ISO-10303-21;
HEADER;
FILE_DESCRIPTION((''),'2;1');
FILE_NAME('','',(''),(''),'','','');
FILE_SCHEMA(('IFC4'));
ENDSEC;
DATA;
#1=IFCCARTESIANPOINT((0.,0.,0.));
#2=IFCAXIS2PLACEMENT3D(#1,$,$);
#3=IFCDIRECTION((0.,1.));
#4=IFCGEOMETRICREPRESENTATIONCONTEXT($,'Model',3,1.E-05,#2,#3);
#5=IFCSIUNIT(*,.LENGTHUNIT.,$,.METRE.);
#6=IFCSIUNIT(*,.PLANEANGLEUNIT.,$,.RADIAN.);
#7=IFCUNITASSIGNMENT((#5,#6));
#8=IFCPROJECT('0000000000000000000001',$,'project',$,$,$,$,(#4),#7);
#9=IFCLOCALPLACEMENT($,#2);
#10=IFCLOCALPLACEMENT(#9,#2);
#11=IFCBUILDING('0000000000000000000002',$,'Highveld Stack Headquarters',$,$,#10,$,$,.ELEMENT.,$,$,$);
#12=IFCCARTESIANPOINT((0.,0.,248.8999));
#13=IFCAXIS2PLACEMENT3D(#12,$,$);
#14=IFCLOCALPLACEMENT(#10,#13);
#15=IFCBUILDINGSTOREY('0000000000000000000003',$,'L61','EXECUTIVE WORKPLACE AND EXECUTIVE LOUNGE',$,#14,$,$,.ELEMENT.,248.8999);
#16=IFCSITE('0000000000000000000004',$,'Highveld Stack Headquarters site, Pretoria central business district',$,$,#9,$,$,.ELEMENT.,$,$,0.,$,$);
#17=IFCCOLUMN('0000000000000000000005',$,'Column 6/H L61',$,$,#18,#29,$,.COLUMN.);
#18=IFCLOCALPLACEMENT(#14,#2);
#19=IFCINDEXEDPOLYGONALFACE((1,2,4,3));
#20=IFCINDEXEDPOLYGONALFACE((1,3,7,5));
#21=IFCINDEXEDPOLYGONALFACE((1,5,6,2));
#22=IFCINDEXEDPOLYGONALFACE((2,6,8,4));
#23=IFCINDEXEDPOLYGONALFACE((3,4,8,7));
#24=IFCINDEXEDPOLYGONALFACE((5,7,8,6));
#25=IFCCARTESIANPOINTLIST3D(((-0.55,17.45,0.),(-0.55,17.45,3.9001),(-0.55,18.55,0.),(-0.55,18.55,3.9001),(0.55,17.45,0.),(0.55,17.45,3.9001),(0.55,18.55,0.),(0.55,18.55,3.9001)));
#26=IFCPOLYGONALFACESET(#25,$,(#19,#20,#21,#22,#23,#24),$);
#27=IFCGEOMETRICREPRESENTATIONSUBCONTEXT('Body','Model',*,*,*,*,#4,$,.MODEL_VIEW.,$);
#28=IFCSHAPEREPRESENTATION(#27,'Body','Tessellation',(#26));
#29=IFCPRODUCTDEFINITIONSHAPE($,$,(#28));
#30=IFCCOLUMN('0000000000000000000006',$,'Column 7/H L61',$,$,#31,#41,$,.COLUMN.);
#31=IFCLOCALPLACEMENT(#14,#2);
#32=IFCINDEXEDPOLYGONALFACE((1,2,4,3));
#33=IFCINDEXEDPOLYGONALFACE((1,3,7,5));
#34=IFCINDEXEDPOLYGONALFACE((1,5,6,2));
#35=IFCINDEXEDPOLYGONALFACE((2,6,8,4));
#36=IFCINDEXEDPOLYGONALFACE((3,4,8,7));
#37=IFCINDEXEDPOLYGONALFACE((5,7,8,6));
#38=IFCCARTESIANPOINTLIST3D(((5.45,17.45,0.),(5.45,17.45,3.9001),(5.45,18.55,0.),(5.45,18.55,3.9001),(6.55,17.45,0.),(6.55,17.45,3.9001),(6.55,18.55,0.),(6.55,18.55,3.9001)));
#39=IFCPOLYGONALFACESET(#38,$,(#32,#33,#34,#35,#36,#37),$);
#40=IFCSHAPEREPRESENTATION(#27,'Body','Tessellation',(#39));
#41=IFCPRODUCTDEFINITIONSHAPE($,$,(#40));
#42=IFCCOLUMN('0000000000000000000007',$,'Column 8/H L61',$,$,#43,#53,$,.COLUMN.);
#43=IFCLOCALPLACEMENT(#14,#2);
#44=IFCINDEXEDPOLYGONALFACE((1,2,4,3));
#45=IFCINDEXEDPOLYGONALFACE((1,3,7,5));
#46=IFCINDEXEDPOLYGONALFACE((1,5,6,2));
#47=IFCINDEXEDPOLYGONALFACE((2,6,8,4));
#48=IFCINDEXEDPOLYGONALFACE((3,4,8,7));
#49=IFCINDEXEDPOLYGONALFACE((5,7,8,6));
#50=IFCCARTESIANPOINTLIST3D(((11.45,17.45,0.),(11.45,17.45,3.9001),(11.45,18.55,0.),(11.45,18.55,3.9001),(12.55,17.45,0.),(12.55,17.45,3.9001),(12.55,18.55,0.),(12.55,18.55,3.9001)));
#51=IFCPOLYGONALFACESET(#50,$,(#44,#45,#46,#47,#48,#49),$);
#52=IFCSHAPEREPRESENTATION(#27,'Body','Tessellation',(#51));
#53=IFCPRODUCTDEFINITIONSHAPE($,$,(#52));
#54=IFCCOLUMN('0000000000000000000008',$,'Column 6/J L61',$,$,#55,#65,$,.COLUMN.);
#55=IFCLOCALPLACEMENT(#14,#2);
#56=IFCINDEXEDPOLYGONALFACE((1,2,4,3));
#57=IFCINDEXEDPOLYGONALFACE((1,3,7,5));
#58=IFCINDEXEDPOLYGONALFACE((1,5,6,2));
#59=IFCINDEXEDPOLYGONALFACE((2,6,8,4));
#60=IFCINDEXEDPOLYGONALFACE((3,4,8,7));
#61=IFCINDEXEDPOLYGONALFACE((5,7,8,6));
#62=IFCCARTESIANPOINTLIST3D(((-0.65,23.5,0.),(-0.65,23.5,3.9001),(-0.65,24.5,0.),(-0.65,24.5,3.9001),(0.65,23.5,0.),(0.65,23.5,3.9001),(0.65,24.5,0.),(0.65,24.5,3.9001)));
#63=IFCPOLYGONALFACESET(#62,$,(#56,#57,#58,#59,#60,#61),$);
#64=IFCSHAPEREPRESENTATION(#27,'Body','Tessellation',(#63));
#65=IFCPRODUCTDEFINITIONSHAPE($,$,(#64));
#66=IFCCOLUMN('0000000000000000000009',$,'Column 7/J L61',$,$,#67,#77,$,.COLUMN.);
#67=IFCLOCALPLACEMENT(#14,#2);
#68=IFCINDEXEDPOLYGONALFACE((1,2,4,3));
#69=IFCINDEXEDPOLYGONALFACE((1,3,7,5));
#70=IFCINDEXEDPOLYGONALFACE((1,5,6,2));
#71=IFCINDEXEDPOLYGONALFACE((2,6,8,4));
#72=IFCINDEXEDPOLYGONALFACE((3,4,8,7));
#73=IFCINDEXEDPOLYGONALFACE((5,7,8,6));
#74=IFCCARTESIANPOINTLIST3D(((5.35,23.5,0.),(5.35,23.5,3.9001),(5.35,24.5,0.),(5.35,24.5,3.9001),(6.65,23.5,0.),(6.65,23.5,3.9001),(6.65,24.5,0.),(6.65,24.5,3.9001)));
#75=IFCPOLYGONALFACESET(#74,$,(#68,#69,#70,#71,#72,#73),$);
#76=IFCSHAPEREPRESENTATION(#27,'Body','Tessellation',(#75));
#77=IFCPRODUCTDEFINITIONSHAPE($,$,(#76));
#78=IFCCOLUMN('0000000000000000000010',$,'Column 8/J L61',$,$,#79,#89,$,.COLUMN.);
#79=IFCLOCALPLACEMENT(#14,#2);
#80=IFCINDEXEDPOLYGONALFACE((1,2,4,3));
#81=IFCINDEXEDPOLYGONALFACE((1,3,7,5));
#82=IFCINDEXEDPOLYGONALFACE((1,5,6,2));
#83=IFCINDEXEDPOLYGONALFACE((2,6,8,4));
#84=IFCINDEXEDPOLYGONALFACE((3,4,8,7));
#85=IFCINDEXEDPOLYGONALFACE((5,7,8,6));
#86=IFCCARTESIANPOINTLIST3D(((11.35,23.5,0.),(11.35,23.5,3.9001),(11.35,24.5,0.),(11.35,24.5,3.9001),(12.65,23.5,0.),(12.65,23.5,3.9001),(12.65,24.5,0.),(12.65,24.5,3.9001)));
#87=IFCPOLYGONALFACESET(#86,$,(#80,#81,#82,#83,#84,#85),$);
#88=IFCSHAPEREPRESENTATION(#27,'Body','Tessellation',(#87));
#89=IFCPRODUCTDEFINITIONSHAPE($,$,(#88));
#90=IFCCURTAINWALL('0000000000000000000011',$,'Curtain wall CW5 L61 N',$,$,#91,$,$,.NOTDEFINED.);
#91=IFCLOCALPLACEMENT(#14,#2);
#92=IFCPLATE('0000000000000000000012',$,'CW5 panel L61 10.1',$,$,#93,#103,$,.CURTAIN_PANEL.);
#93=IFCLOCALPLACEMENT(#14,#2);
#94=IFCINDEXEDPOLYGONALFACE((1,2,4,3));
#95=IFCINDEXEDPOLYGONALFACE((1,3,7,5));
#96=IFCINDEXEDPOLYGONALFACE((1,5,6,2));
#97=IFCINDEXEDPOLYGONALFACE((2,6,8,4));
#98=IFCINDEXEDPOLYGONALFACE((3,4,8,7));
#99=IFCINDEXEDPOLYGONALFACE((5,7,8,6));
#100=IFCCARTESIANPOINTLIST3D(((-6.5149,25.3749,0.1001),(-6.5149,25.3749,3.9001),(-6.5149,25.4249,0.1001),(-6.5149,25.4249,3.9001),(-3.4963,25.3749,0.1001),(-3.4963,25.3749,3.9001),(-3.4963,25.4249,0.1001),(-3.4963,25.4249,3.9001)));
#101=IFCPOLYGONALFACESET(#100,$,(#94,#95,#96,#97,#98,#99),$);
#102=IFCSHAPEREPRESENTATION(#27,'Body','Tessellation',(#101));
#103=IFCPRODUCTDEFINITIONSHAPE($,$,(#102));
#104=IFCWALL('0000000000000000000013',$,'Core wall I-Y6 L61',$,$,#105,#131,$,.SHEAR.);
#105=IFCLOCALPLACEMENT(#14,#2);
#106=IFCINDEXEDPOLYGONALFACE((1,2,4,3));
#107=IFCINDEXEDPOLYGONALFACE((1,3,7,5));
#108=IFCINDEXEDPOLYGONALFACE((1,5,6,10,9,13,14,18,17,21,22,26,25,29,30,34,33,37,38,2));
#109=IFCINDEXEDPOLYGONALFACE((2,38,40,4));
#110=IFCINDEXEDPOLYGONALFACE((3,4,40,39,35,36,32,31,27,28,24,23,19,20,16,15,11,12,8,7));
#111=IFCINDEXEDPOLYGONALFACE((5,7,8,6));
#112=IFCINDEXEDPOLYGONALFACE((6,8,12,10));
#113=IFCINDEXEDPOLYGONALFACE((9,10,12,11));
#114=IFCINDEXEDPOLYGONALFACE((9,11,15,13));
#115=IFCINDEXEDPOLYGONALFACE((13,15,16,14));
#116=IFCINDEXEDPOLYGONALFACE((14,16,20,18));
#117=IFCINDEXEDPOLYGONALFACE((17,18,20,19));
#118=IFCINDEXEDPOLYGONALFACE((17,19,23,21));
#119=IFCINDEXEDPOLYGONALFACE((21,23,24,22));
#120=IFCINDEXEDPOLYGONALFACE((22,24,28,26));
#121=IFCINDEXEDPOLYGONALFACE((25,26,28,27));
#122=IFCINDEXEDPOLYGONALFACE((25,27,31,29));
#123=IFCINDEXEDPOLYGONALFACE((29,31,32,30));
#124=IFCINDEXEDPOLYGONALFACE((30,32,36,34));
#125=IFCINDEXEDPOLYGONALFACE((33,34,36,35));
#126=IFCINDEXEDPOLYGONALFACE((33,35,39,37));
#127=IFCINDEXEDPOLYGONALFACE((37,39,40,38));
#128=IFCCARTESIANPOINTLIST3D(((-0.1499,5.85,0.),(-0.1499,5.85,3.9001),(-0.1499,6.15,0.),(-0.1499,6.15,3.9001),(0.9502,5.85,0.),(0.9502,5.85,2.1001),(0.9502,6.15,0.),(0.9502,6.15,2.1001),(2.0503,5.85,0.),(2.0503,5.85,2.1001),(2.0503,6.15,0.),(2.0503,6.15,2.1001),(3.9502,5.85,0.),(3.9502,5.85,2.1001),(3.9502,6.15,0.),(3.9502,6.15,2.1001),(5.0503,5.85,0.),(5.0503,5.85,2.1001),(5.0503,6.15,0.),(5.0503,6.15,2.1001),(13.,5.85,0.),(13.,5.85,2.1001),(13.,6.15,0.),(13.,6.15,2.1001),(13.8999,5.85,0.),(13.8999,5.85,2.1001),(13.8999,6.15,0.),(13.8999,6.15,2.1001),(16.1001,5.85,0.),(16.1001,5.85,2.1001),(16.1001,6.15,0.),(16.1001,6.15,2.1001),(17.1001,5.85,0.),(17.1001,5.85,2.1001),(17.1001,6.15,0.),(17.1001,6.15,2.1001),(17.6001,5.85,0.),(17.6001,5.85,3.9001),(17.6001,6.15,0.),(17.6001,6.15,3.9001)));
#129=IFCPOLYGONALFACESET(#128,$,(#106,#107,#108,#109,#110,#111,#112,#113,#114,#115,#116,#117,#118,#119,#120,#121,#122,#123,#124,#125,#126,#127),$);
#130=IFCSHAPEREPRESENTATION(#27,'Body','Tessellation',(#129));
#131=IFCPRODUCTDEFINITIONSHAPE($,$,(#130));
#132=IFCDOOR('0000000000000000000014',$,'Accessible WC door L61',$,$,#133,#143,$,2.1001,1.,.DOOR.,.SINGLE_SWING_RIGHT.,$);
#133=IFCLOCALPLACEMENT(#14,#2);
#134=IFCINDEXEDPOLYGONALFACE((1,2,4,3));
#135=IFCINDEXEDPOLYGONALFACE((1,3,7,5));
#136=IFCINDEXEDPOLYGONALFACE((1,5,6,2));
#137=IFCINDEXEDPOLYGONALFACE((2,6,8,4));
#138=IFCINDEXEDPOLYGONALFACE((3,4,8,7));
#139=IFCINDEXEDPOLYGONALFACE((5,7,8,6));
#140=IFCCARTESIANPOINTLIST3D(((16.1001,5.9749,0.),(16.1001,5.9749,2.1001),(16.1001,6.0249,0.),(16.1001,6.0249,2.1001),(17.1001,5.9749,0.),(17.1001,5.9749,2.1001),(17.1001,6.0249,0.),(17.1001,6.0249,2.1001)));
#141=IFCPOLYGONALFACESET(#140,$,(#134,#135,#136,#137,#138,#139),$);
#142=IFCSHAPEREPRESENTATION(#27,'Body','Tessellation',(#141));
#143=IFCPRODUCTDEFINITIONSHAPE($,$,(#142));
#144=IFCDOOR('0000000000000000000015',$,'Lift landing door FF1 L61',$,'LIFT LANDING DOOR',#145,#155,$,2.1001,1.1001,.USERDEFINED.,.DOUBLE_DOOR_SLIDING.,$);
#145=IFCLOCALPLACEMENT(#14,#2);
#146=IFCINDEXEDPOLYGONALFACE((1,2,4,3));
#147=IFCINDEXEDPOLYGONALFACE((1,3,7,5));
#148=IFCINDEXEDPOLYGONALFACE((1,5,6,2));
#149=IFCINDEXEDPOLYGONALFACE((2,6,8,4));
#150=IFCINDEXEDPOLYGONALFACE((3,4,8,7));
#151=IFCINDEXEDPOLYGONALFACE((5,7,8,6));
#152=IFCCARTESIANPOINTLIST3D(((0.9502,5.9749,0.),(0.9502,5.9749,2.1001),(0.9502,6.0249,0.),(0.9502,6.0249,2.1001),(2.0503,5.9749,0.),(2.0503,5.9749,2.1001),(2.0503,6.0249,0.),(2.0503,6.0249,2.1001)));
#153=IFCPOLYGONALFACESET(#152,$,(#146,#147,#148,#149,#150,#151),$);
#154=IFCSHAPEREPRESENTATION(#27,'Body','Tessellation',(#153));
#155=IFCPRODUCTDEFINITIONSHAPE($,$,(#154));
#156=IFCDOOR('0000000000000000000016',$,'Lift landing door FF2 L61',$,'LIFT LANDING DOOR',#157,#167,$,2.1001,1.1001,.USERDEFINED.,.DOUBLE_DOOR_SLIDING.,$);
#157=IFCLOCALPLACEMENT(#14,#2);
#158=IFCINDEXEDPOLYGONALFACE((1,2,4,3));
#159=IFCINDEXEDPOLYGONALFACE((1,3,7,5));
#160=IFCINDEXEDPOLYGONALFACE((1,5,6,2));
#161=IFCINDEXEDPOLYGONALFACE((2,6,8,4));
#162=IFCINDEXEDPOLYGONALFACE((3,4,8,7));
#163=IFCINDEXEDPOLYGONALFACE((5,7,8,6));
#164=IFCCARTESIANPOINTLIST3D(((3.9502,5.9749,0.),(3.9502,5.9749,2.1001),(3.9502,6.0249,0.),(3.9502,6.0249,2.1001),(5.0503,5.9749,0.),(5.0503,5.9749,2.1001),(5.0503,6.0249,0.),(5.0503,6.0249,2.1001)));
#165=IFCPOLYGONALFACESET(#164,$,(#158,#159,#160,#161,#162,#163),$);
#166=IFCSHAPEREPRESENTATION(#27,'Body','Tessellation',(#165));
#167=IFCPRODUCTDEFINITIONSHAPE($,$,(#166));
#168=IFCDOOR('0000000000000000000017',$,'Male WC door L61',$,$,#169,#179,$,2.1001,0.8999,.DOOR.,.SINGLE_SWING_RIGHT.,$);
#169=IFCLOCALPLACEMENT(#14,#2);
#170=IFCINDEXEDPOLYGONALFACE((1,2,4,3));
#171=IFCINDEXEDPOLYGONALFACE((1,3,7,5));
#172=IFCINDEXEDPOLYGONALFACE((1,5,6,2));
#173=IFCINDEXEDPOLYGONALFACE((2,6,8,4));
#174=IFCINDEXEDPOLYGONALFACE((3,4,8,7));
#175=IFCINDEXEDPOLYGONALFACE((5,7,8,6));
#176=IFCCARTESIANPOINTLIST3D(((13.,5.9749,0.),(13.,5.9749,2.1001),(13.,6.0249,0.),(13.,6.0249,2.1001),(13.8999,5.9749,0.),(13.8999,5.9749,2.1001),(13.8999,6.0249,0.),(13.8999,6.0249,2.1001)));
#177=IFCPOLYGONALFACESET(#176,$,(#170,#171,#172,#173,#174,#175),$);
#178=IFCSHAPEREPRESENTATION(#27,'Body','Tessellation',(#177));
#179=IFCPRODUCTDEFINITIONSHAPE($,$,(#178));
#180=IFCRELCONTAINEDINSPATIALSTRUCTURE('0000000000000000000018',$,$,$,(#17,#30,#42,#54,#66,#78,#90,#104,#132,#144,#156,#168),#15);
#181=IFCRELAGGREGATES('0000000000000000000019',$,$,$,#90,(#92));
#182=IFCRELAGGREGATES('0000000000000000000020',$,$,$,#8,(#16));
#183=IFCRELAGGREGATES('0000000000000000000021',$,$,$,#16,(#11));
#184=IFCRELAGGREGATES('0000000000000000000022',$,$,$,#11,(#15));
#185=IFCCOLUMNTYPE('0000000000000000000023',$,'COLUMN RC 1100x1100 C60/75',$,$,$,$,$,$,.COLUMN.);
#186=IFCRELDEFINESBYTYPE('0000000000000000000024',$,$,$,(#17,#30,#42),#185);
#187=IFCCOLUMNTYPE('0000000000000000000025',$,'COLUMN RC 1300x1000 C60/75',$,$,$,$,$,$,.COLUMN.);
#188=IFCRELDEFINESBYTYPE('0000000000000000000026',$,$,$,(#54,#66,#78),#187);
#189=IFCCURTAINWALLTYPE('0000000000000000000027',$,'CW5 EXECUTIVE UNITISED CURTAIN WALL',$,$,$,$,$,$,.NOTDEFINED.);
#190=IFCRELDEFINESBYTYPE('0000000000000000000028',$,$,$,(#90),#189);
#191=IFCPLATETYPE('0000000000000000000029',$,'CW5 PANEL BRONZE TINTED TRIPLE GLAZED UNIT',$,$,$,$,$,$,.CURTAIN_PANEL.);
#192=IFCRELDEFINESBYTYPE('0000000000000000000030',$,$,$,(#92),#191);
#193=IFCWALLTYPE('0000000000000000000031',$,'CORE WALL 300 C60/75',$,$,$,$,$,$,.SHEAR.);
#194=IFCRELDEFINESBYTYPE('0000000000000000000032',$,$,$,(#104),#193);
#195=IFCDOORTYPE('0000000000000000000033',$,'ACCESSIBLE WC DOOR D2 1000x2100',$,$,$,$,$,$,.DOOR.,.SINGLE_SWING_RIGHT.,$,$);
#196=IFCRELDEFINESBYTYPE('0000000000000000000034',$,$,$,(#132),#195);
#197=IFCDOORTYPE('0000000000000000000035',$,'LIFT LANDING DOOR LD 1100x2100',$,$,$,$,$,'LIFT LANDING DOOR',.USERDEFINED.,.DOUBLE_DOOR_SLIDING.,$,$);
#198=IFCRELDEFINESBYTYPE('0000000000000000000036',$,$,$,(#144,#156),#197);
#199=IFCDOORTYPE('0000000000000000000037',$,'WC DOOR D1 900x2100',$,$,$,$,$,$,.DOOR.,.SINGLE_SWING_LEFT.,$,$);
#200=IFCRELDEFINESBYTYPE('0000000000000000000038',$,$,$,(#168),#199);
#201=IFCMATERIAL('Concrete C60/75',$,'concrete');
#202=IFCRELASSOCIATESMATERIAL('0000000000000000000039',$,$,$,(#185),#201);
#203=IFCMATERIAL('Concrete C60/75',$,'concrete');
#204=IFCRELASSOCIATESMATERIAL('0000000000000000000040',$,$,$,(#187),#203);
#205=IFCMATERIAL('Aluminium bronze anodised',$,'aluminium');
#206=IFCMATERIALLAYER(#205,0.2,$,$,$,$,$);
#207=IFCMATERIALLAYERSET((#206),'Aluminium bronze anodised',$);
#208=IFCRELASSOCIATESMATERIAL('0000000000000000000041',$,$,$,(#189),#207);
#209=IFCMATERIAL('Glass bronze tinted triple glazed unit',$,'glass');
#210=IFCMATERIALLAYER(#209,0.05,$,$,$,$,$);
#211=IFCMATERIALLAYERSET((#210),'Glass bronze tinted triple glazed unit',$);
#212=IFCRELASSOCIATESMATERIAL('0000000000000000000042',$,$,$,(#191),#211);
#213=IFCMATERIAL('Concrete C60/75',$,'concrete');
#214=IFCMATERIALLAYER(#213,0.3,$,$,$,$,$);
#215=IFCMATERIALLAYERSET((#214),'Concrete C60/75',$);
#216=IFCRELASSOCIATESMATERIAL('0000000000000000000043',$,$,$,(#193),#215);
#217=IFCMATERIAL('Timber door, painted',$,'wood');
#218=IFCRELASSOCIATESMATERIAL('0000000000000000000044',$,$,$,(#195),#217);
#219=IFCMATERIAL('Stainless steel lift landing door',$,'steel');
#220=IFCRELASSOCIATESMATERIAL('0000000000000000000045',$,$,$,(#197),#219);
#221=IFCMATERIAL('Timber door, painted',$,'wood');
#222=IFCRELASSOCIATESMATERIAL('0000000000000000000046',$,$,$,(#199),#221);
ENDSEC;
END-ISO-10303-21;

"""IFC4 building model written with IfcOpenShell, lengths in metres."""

from ifc_helpers import new_model, si_unit, direction, frame, frame_2d, origin, origin_2d, place, context, subcontext, project, spatial, rectangle, extrude, material, layer, layer_set, material_profile, profile_set, type_object, element, fill, aggregate, save


model = new_model("IFC4")

# Units and contexts
model_context = context("Model", 3, precision=1e-05, world=origin(), true_north=direction((0.0, 1.0)))
body_context = subcontext(model_context, "Body", "Model", "MODEL_VIEW")
ifc_project = project(units=[si_unit("LENGTHUNIT", "METRE"), si_unit("PLANEANGLEUNIT", "RADIAN")], contexts=[model_context])

# Site, building, storey
site_placement = place(None, origin())
site = spatial("IfcSite", under=ifc_project, at=site_placement, Name="Highveld Stack Headquarters site, Pretoria central business district", CompositionType="ELEMENT", RefElevation=0.0)
building_placement = place(site_placement, origin())
building = spatial("IfcBuilding", under=site, at=building_placement, Name="Highveld Stack Headquarters", CompositionType="ELEMENT")
storey_placement = place(building_placement, frame((0.0, 0.0, 248.8999)))
storey = spatial("IfcBuildingStorey", under=building, at=storey_placement, Name="L61", Description="EXECUTIVE WORKPLACE AND EXECUTIVE LOUNGE", CompositionType="ELEMENT", Elevation=248.8999)

# Columns
ifc_material_1 = material(Name="Concrete C60/75", Category="concrete")
ifc_material_profile_1 = material_profile(ifc_material_1, rectangle(XDim=1.1001, YDim=1.1001, at=origin_2d()), Name="RC 1100x1100")
ifc_profile_set_1 = profile_set([ifc_material_profile_1], Name="Concrete C60/75")
column_type_1 = type_object("IfcColumnType", Name="COLUMN RC 1100x1100 C60/75", PredefinedType="COLUMN", material=ifc_profile_set_1)
for number, where, z_axis, x_axis, name in (
    (1, (0.0, 18.0, 0.0), (0.0, 0.0, 1.0), (1.0, 0.0, 0.0), "Column 6/H L61"),
    (2, (6.0, 18.0, 0.0), (0.0, 0.0, 1.0), (1.0, 0.0, 0.0), "Column 7/H L61"),
    (3, (12.0, 18.0, 0.0), (0.0, 0.0, 1.0), (1.0, 0.0, 0.0), "Column 8/H L61"),
):
    element("IfcColumn", number, at=place(storey_placement, frame(where, z_axis=z_axis, x_axis=x_axis)), inside=storey, type_object=column_type_1, Name=name, PredefinedType="COLUMN", context=body_context, shape_type="SweptSolid", body=[
        extrude(rectangle(XDim=1.1001, YDim=1.1001, at=origin_2d()), origin(), (0.0, 0.0, 1.0), 3.9001),
    ])
ifc_material_2 = material(Name="Concrete C60/75", Category="concrete")
ifc_material_profile_2 = material_profile(ifc_material_2, rectangle(XDim=1.3, YDim=1.0, at=origin_2d()), Name="RC 1300x1000")
ifc_profile_set_2 = profile_set([ifc_material_profile_2], Name="Concrete C60/75")
column_type_2 = type_object("IfcColumnType", Name="COLUMN RC 1300x1000 C60/75", PredefinedType="COLUMN", material=ifc_profile_set_2)
for number, where, z_axis, x_axis, name in (
    (4, (0.0, 24.0, 0.0), (0.0, 0.0, 1.0), (1.0, 0.0, 0.0), "Column 6/J L61"),
    (5, (6.0, 24.0, 0.0), (0.0, 0.0, 1.0), (1.0, 0.0, 0.0), "Column 7/J L61"),
    (6, (12.0, 24.0, 0.0), (0.0, 0.0, 1.0), (1.0, 0.0, 0.0), "Column 8/J L61"),
):
    element("IfcColumn", number, at=place(storey_placement, frame(where, z_axis=z_axis, x_axis=x_axis)), inside=storey, type_object=column_type_2, Name=name, PredefinedType="COLUMN", context=body_context, shape_type="SweptSolid", body=[
        extrude(rectangle(XDim=1.3, YDim=1.0, at=origin_2d()), origin(), (0.0, 0.0, 1.0), 3.9001),
    ])

# Curtain wall, plate
ifc_material_3 = material(Name="Aluminium bronze anodised", Category="aluminium")
ifc_layer_1 = layer(ifc_material_3, 0.2)
ifc_layer_set_1 = layer_set([ifc_layer_1], Name="Aluminium bronze anodised")
curtain_wall_type = type_object("IfcCurtainWallType", Name="CW5 EXECUTIVE UNITISED CURTAIN WALL", PredefinedType="NOTDEFINED", material=ifc_layer_set_1)
curtain_wall_placement = place(storey_placement, origin())
curtain_wall = element("IfcCurtainWall", 7, at=curtain_wall_placement, inside=storey, type_object=curtain_wall_type, Name="Curtain wall CW5 L61 N", PredefinedType="NOTDEFINED")
ifc_material_4 = material(Name="Glass bronze tinted triple glazed unit", Category="glass")
ifc_layer_2 = layer(ifc_material_4, 0.05)
ifc_layer_set_2 = layer_set([ifc_layer_2], Name="Glass bronze tinted triple glazed unit")
plate_type = type_object("IfcPlateType", Name="CW5 PANEL BRONZE TINTED TRIPLE GLAZED UNIT", PredefinedType="CURTAIN_PANEL", material=ifc_layer_set_2)
plate_placement = place(storey_placement, frame((-5.0056, 25.3999, 0.1001), z_axis=(0.0, 0.0, 1.0), x_axis=(-1.0, 0.0, 0.0)))
plate = element("IfcPlate", 8, at=plate_placement, type_object=plate_type, Name="CW5 panel L61 10.1", PredefinedType="CURTAIN_PANEL", context=body_context, shape_type="SweptSolid", body=[
    extrude(rectangle(XDim=3.0186, YDim=0.05, at=origin_2d()), origin(), (0.0, 0.0, 1.0), 3.8),
])
aggregate(curtain_wall, [plate])

# Wall, openings, doors
ifc_material_5 = material(Name="Concrete C60/75", Category="concrete")
ifc_layer_3 = layer(ifc_material_5, 0.3)
ifc_layer_set_3 = layer_set([ifc_layer_3], Name="Concrete C60/75")
wall_type_1 = type_object("IfcWallType", Name="CORE WALL 300 C60/75", PredefinedType="SHEAR", material=ifc_layer_set_3)
wall_1_placement = place(storey_placement, frame((-0.1499, 6.0, 0.0), z_axis=(0.0, 0.0, 1.0), x_axis=(1.0, 0.0, 0.0)))
wall_1 = element("IfcWall", 9, at=wall_1_placement, inside=storey, type_object=wall_type_1, Name="Core wall I-Y6 L61", PredefinedType="SHEAR", context=body_context, shape_type="SweptSolid", body=[
    extrude(rectangle(XDim=17.75, YDim=0.3, at=frame_2d((8.875, 0.0))), origin(), (0.0, 0.0, 1.0), 3.9001),
])
opening_1_placement = place(wall_1_placement, frame((13.1499, 0.0, 0.0)))
opening_1 = element("IfcOpeningElement", 10, at=opening_1_placement, cuts=wall_1, PredefinedType="OPENING", context=body_context, shape_type="SweptSolid", body=[
    extrude(rectangle(XDim=0.8999, YDim=2.1001, at=frame_2d((0.45, 1.05))), frame((0.0, 0.1599, 0.0), z_axis=(0.0, -1.0, 0.0), x_axis=(1.0, 0.0, 0.0)), (0.0, 0.0, 1.0), 0.3201),
])
opening_2_placement = place(wall_1_placement, frame((16.25, 0.0, 0.0)))
opening_2 = element("IfcOpeningElement", 11, at=opening_2_placement, cuts=wall_1, PredefinedType="OPENING", context=body_context, shape_type="SweptSolid", body=[
    extrude(rectangle(XDim=1.0, YDim=2.1001, at=frame_2d((0.5, 1.05))), frame((0.0, 0.1599, 0.0), z_axis=(0.0, -1.0, 0.0), x_axis=(1.0, 0.0, 0.0)), (0.0, 0.0, 1.0), 0.3201),
])
opening_3_placement = place(wall_1_placement, frame((1.1001, 0.0, 0.0)))
opening_3 = element("IfcOpeningElement", 12, at=opening_3_placement, cuts=wall_1, PredefinedType="OPENING", context=body_context, shape_type="SweptSolid", body=[
    extrude(rectangle(XDim=1.1001, YDim=2.1001, at=frame_2d((0.55, 1.05))), frame((0.0, 0.1599, 0.0), z_axis=(0.0, -1.0, 0.0), x_axis=(1.0, 0.0, 0.0)), (0.0, 0.0, 1.0), 0.3201),
])
opening_4_placement = place(wall_1_placement, frame((4.1001, 0.0, 0.0)))
opening_4 = element("IfcOpeningElement", 13, at=opening_4_placement, cuts=wall_1, PredefinedType="OPENING", context=body_context, shape_type="SweptSolid", body=[
    extrude(rectangle(XDim=1.1001, YDim=2.1001, at=frame_2d((0.55, 1.05))), frame((0.0, 0.1599, 0.0), z_axis=(0.0, -1.0, 0.0), x_axis=(1.0, 0.0, 0.0)), (0.0, 0.0, 1.0), 0.3201),
])
ifc_material_6 = material(Name="Timber door, painted", Category="wood")
door_type_1 = type_object("IfcDoorType", Name="ACCESSIBLE WC DOOR D2 1000x2100", OperationType="SINGLE_SWING_RIGHT", PredefinedType="DOOR", material=ifc_material_6)
door_1_placement = place(opening_2_placement, origin())
door_1 = element("IfcDoor", 14, at=door_1_placement, inside=storey, type_object=door_type_1, Name="Accessible WC door L61", OperationType="SINGLE_SWING_RIGHT", OverallHeight=2.1001, OverallWidth=1.0, PredefinedType="DOOR", context=body_context, shape_type="SweptSolid", body=[
    extrude(rectangle(XDim=1.0, YDim=2.1001, at=frame_2d((0.5, 1.05))), frame((0.0, 0.0249, 0.0), z_axis=(0.0, -1.0, 0.0), x_axis=(1.0, 0.0, 0.0)), (0.0, 0.0, 1.0), 0.05),
])
fill(opening_2, door_1)
ifc_material_7 = material(Name="Stainless steel lift landing door", Category="steel")
door_type_2 = type_object("IfcDoorType", Name="LIFT LANDING DOOR LD 1100x2100", ElementType="LIFT LANDING DOOR", OperationType="DOUBLE_DOOR_SLIDING", PredefinedType="USERDEFINED", material=ifc_material_7)
door_2_placement = place(opening_3_placement, origin())
door_2 = element("IfcDoor", 15, at=door_2_placement, inside=storey, type_object=door_type_2, Name="Lift landing door FF1 L61", ObjectType="LIFT LANDING DOOR", OperationType="DOUBLE_DOOR_SLIDING", OverallHeight=2.1001, OverallWidth=1.1001, PredefinedType="USERDEFINED", context=body_context, shape_type="SweptSolid", body=[
    extrude(rectangle(XDim=1.1001, YDim=2.1001, at=frame_2d((0.55, 1.05))), frame((0.0, 0.0249, 0.0), z_axis=(0.0, -1.0, 0.0), x_axis=(1.0, 0.0, 0.0)), (0.0, 0.0, 1.0), 0.05),
])
fill(opening_3, door_2)
door_3_placement = place(opening_4_placement, origin())
door_3 = element("IfcDoor", 16, at=door_3_placement, inside=storey, type_object=door_type_2, Name="Lift landing door FF2 L61", ObjectType="LIFT LANDING DOOR", OperationType="DOUBLE_DOOR_SLIDING", OverallHeight=2.1001, OverallWidth=1.1001, PredefinedType="USERDEFINED", context=body_context, shape_type="SweptSolid", body=[
    extrude(rectangle(XDim=1.1001, YDim=2.1001, at=frame_2d((0.55, 1.05))), frame((0.0, 0.0249, 0.0), z_axis=(0.0, -1.0, 0.0), x_axis=(1.0, 0.0, 0.0)), (0.0, 0.0, 1.0), 0.05),
])
fill(opening_4, door_3)
ifc_material_8 = material(Name="Timber door, painted", Category="wood")
door_type_3 = type_object("IfcDoorType", Name="WC DOOR D1 900x2100", OperationType="SINGLE_SWING_LEFT", PredefinedType="DOOR", material=ifc_material_8)
door_4_placement = place(opening_1_placement, origin())
door_4 = element("IfcDoor", 17, at=door_4_placement, inside=storey, type_object=door_type_3, Name="Male WC door L61", OperationType="SINGLE_SWING_RIGHT", OverallHeight=2.1001, OverallWidth=0.8999, PredefinedType="DOOR", context=body_context, shape_type="SweptSolid", body=[
    extrude(rectangle(XDim=0.8999, YDim=2.1001, at=frame_2d((0.45, 1.05))), frame((0.0, 0.0249, 0.0), z_axis=(0.0, -1.0, 0.0), x_axis=(1.0, 0.0, 0.0)), (0.0, 0.0, 1.0), 0.05),
])
fill(opening_1, door_4)

save(model, "model.ifc")
